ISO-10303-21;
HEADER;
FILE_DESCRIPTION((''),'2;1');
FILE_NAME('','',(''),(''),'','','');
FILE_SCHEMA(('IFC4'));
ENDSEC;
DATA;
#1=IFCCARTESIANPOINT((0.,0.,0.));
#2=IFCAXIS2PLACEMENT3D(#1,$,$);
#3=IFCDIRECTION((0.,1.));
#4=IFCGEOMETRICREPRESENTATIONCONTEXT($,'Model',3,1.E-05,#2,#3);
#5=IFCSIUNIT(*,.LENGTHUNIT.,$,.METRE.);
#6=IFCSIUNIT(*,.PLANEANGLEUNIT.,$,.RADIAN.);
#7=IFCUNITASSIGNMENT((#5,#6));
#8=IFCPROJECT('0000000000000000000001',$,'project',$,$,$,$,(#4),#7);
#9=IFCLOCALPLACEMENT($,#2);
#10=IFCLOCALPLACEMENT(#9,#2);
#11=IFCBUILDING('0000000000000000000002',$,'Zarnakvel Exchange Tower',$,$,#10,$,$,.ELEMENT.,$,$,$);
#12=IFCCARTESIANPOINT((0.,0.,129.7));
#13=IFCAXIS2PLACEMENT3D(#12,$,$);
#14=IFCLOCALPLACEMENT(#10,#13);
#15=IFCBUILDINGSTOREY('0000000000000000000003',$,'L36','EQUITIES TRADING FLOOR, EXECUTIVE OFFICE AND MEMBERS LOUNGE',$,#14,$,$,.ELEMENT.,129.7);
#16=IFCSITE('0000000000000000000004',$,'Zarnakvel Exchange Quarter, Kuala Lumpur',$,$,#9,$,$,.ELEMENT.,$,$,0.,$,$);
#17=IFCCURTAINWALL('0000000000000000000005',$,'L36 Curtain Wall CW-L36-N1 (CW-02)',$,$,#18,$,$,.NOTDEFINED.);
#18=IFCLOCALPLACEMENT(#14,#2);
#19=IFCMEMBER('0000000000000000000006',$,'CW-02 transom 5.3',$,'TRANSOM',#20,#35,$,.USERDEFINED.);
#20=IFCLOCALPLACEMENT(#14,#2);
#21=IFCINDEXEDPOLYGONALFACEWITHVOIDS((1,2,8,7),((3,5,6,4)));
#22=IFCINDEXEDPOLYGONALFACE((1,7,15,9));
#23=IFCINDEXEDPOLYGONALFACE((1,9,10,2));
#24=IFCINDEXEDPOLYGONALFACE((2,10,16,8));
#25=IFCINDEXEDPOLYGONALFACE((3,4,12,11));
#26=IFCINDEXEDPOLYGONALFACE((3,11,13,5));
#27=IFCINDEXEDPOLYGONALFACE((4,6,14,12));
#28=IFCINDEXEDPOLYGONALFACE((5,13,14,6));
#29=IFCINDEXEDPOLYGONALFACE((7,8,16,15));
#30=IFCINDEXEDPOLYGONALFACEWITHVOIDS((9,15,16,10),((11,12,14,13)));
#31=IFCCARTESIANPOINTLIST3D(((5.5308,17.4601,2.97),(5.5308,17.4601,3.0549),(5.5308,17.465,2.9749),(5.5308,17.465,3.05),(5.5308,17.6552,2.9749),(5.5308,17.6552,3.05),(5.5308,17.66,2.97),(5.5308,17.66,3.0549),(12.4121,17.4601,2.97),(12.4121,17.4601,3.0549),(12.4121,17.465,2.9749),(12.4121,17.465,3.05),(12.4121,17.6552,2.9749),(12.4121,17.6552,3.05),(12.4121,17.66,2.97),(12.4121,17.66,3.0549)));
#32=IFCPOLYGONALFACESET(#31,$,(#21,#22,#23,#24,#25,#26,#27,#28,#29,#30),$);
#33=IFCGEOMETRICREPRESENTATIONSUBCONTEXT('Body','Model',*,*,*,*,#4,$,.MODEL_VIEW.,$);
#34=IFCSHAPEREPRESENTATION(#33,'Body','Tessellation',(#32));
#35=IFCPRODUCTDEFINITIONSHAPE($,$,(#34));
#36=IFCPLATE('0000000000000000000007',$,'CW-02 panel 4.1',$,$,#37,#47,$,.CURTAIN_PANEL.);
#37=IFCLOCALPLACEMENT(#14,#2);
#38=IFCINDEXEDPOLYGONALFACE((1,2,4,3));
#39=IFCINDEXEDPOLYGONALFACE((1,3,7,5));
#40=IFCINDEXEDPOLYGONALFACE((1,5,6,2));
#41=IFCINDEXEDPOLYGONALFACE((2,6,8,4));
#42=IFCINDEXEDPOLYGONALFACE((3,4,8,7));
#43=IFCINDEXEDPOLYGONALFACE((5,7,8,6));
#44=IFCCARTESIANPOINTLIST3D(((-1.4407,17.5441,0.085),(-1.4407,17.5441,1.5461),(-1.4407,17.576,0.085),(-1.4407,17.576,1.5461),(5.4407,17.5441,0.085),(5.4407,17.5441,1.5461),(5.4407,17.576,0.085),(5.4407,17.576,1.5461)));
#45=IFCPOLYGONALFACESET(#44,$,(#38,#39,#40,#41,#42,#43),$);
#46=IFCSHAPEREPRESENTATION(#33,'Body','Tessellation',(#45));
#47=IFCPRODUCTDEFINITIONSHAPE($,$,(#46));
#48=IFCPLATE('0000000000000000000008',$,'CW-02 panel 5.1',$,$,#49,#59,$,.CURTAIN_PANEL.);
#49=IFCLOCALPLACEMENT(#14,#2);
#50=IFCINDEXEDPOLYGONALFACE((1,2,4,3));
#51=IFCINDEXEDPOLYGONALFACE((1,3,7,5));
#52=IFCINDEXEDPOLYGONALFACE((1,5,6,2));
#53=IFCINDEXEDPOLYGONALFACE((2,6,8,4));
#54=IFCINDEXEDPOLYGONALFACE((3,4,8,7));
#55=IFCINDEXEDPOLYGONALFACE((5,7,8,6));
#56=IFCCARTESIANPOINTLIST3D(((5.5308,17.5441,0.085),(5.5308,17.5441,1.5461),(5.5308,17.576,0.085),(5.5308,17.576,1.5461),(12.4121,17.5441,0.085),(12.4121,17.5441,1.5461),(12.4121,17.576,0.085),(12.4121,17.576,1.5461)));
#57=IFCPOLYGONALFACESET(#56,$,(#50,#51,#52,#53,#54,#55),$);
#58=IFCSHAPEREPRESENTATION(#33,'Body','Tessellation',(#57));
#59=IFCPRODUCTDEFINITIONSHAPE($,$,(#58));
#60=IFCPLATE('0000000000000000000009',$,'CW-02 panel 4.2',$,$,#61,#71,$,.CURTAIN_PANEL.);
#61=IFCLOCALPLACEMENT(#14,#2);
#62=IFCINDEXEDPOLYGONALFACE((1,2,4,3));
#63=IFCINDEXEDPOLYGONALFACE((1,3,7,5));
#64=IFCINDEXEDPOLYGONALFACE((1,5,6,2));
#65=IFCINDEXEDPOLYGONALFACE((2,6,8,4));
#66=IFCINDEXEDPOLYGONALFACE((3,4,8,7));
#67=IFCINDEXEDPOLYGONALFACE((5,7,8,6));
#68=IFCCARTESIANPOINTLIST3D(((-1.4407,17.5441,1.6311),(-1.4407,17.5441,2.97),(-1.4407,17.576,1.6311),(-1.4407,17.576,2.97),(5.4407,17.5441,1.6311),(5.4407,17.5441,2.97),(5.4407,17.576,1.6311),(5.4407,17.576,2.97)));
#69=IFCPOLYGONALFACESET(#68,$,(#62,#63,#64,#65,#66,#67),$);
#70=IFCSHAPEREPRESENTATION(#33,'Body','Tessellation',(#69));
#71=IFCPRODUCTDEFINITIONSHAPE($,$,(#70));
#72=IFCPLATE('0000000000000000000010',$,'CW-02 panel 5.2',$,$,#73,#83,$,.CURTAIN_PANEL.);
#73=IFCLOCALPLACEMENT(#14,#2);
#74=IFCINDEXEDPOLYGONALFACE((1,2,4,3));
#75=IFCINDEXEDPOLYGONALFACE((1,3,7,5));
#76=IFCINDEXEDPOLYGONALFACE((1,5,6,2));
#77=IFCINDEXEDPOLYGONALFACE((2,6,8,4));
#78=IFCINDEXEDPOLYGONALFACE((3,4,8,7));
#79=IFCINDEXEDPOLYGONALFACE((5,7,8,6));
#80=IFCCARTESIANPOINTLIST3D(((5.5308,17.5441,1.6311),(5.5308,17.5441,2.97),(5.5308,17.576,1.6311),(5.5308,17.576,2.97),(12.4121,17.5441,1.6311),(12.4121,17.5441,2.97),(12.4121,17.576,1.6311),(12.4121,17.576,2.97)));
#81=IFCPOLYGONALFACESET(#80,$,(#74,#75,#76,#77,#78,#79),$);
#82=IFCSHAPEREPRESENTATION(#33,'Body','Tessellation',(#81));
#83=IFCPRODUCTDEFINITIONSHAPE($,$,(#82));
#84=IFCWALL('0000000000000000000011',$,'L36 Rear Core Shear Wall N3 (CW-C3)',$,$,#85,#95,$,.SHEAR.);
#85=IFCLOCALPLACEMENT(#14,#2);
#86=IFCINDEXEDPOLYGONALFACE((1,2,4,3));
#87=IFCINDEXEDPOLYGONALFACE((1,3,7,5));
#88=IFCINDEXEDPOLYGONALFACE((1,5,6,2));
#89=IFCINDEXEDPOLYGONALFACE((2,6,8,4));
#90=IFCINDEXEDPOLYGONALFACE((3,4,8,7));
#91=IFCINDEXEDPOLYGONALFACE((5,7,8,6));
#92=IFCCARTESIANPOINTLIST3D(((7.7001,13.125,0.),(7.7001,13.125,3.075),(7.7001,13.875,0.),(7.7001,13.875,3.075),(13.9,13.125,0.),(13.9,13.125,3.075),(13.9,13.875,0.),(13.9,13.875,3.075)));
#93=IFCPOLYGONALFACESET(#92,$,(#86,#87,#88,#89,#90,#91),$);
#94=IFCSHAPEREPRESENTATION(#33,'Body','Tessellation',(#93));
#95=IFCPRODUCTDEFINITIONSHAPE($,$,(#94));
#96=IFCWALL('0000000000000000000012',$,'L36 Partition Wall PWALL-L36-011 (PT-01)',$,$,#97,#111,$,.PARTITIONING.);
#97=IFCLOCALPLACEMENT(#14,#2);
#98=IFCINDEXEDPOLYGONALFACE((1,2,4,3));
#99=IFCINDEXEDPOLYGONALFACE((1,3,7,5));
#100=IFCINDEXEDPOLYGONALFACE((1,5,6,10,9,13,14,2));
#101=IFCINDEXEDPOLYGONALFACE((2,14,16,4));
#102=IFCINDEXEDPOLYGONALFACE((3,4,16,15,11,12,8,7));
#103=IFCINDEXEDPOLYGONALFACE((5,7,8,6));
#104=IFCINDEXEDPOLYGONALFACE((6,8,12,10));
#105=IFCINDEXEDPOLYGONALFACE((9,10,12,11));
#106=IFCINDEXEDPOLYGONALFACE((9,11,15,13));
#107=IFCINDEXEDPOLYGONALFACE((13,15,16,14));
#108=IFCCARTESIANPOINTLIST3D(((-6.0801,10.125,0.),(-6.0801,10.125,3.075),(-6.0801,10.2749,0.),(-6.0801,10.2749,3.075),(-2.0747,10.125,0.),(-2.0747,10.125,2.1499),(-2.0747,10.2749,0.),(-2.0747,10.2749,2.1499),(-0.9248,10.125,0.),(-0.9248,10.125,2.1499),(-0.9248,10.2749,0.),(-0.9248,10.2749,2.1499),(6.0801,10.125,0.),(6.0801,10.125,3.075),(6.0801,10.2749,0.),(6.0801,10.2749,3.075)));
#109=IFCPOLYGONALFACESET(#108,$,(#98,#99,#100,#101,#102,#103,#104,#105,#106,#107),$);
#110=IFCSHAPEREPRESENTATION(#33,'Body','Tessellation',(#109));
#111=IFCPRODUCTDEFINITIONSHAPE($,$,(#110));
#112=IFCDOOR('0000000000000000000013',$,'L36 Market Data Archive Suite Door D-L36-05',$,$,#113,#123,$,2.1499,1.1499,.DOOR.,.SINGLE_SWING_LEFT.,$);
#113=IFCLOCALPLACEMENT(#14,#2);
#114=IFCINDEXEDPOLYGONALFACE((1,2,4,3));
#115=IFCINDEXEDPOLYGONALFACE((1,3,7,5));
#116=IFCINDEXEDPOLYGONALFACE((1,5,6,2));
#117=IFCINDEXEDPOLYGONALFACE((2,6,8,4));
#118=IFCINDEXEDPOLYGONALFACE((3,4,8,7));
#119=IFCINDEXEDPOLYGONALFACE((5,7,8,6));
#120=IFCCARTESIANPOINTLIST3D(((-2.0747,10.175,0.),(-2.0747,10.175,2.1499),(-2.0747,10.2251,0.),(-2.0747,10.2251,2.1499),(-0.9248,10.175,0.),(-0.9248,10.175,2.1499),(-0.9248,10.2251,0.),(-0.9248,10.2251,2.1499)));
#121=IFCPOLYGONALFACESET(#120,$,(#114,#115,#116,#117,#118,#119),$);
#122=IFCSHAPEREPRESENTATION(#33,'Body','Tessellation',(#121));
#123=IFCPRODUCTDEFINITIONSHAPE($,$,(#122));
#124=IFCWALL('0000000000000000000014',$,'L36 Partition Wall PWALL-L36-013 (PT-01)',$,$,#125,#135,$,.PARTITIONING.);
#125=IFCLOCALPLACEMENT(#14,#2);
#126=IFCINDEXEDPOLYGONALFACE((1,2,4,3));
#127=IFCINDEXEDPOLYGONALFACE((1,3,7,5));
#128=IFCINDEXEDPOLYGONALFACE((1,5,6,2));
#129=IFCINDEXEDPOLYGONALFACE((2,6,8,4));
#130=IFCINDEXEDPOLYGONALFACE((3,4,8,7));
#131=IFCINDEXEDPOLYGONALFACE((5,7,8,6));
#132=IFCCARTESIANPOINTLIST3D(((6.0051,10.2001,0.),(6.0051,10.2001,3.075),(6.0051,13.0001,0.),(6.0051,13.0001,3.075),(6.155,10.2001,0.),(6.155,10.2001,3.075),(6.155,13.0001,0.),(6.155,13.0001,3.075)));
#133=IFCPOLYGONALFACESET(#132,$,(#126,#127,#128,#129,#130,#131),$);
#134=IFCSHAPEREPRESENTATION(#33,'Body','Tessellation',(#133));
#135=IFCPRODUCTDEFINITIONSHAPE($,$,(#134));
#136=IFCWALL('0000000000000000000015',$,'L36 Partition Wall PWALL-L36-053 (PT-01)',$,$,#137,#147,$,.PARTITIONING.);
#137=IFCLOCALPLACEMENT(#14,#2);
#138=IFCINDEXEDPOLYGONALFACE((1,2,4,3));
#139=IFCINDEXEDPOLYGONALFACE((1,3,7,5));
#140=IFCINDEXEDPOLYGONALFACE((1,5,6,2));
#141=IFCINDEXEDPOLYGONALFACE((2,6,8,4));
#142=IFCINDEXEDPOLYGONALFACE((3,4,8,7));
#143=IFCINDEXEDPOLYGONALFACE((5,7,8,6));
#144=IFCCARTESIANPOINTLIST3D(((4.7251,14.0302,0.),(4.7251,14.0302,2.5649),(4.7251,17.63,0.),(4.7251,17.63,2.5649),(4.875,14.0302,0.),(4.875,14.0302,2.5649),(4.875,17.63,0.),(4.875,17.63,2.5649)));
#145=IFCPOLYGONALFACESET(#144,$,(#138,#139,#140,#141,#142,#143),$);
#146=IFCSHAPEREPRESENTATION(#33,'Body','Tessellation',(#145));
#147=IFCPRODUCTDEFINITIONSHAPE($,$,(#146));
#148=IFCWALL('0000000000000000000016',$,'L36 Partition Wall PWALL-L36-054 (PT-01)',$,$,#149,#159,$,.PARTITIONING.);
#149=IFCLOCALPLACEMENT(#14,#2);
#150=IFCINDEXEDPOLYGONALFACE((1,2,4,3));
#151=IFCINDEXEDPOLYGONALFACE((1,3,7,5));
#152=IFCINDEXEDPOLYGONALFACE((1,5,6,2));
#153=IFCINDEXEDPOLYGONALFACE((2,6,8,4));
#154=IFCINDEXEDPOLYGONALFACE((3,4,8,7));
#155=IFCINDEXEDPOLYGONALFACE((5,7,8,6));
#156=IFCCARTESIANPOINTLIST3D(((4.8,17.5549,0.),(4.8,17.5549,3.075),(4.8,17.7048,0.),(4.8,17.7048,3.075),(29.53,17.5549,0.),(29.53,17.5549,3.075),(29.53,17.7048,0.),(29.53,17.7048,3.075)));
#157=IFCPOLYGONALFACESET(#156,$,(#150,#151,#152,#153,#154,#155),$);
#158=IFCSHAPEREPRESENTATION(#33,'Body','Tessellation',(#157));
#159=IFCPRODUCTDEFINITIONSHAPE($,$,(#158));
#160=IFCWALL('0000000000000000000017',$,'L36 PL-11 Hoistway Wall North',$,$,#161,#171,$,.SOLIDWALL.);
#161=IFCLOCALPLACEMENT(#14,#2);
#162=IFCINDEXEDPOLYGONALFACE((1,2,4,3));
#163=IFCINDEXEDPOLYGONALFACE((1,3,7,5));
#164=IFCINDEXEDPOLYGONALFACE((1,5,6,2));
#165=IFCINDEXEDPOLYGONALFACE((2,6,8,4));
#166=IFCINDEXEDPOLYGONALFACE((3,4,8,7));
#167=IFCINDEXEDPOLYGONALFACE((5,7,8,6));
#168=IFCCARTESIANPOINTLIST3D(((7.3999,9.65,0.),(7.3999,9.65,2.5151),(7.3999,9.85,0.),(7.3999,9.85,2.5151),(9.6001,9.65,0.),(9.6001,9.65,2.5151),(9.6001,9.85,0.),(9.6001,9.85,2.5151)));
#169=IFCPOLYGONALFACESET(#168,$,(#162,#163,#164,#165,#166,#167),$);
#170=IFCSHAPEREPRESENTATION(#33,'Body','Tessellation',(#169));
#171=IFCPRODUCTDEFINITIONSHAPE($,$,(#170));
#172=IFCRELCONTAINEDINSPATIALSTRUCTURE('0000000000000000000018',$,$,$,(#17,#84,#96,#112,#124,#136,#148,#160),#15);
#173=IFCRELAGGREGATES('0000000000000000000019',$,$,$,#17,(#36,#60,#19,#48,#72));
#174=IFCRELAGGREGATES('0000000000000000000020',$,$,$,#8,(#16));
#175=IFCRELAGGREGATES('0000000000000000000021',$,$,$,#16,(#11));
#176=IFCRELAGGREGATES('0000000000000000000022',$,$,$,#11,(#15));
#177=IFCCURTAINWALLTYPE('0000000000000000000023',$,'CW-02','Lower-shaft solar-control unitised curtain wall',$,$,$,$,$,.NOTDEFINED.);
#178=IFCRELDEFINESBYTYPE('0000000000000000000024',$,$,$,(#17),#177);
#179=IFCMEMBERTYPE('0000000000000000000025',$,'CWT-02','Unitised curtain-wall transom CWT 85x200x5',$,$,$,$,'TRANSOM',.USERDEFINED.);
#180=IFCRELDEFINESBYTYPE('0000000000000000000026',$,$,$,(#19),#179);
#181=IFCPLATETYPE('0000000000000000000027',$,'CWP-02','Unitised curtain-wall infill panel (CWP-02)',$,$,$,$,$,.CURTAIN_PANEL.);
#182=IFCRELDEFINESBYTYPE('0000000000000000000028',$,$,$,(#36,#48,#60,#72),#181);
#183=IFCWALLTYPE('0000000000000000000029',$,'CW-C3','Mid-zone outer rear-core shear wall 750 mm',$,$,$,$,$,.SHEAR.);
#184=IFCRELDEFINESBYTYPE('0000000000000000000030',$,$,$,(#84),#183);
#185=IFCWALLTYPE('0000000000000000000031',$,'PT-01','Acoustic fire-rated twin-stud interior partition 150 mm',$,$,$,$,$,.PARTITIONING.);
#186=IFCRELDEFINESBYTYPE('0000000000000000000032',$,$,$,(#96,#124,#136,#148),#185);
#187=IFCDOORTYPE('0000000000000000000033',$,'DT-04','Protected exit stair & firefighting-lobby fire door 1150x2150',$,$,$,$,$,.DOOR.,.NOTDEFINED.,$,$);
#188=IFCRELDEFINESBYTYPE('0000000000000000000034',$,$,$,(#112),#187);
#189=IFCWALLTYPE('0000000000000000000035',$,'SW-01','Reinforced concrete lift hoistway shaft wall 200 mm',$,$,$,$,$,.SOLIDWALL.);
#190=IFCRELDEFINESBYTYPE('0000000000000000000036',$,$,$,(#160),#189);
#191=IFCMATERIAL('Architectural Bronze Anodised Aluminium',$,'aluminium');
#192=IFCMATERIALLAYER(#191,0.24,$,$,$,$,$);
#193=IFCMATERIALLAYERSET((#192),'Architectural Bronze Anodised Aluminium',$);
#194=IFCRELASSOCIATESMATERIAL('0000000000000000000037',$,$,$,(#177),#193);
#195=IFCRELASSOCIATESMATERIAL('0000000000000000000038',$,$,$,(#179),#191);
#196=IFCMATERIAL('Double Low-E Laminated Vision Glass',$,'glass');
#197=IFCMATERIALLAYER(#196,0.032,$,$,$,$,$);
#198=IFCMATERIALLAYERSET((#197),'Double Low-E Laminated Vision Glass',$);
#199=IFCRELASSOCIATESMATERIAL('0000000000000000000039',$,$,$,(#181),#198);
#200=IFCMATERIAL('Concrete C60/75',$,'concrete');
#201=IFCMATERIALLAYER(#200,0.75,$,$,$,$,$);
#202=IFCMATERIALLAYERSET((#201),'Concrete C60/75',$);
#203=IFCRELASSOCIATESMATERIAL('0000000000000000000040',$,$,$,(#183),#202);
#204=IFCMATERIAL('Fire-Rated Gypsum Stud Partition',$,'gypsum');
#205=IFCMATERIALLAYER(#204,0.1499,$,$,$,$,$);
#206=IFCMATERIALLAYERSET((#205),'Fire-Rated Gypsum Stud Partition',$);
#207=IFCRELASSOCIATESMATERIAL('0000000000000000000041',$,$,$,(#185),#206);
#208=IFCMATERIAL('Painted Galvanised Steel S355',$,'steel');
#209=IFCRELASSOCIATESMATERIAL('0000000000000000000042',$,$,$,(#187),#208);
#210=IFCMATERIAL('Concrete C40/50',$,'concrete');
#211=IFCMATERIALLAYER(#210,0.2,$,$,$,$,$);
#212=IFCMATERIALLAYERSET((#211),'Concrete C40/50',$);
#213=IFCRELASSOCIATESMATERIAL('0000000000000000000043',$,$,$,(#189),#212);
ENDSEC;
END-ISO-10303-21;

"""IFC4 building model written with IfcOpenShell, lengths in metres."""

from ifc_helpers import new_model, si_unit, direction, frame, frame_2d, origin, origin_2d, place, context, subcontext, project, spatial, rectangle, hollow_rectangle, extrude, source, transform, mapped, material, layer, layer_set, material_profile, profile_set, type_object, element, fill, aggregate, save


model = new_model("IFC4")

# Units and contexts
model_context = context("Model", 3, precision=1e-05, world=origin(), true_north=direction((0.0, 1.0)))
body_context = subcontext(model_context, "Body", "Model", "MODEL_VIEW")
ifc_project = project(units=[si_unit("LENGTHUNIT", "METRE"), si_unit("PLANEANGLEUNIT", "RADIAN")], contexts=[model_context])

# Site, building, storey
site_placement = place(None, origin())
site = spatial("IfcSite", under=ifc_project, at=site_placement, Name="Zarnakvel Exchange Quarter, Kuala Lumpur", CompositionType="ELEMENT", RefElevation=0.0)
building_placement = place(site_placement, origin())
building = spatial("IfcBuilding", under=site, at=building_placement, Name="Zarnakvel Exchange Tower", CompositionType="ELEMENT")
storey_placement = place(building_placement, frame((0.0, 0.0, 129.7)))
storey = spatial("IfcBuildingStorey", under=building, at=storey_placement, Name="L36", Description="EQUITIES TRADING FLOOR, EXECUTIVE OFFICE AND MEMBERS LOUNGE", CompositionType="ELEMENT", Elevation=129.7)

# Shared definitions
ifc_material_1 = material(Name="Concrete C60/75", Category="concrete")

# Curtain wall, member, plates
ifc_material_2 = material(Name="Architectural Bronze Anodised Aluminium", Category="aluminium")
ifc_layer_1 = layer(ifc_material_2, 0.24)
ifc_layer_set_1 = layer_set([ifc_layer_1], Name="Architectural Bronze Anodised Aluminium")
curtain_wall_type = type_object("IfcCurtainWallType", Name="CW-02", Description="Lower-shaft solar-control unitised curtain wall", PredefinedType="NOTDEFINED", material=ifc_layer_set_1)
curtain_wall_placement = place(storey_placement, origin())
curtain_wall = element("IfcCurtainWall", 1, at=curtain_wall_placement, inside=storey, type_object=curtain_wall_type, Name="L36 Curtain Wall CW-L36-N1 (CW-02)", PredefinedType="NOTDEFINED")
ifc_material_profile_1 = material_profile(ifc_material_2, hollow_rectangle(XDim=0.2, YDim=0.085, WallThickness=0.0049, at=origin_2d()))
ifc_profile_set_1 = profile_set([ifc_material_profile_1], Name="Architectural Bronze Anodised Aluminium")
member_type_1 = type_object("IfcMemberType", Name="CWT-02", Description="Unitised curtain-wall transom CWT 85x200x5", ElementType="TRANSOM", PredefinedType="USERDEFINED", material=ifc_profile_set_1)
shared_shape_1 = source(origin(), body_context, "Body", "SweptSolid", [
    extrude(hollow_rectangle(XDim=0.2, YDim=0.085, WallThickness=0.0049, at=origin_2d()), origin(), (0.0, 0.0, 1.0), 6.8813),
])
member_1_placement = place(storey_placement, frame((5.5308, 17.5601, 3.0125), z_axis=(1.0, 0.0, 0.0), x_axis=(0.0, 1.0, 0.0)))
member_1 = element("IfcMember", 2, at=member_1_placement, type_object=member_type_1, Name="CW-02 transom 5.3", ObjectType="TRANSOM", PredefinedType="USERDEFINED", context=body_context, shape_type="MappedRepresentation", body=[
    mapped(shared_shape_1, transform((0.0, 0.0, 0.0), x_axis=(1.0, 0.0, 0.0), y_axis=(0.0, 1.0, 0.0), z_axis=(0.0, 0.0, 1.0), scale=1.0)),
])
ifc_material_3 = material(Name="Double Low-E Laminated Vision Glass", Category="glass")
ifc_layer_2 = layer(ifc_material_3, 0.032)
ifc_layer_set_2 = layer_set([ifc_layer_2], Name="Double Low-E Laminated Vision Glass")
plate_type = type_object("IfcPlateType", Name="CWP-02", Description="Unitised curtain-wall infill panel (CWP-02)", PredefinedType="CURTAIN_PANEL", material=ifc_layer_set_2)
shared_shape_2 = source(origin(), body_context, "Body", "SweptSolid", [
    extrude(rectangle(XDim=6.8813, YDim=0.032, at=origin_2d()), origin(), (0.0, 0.0, 1.0), 1.4612),
])
plate_1_placement = place(storey_placement, frame((2.0, 17.5601, 0.085), z_axis=(0.0, 0.0, 1.0), x_axis=(1.0, 0.0, 0.0)))
plate_1 = element("IfcPlate", 3, at=plate_1_placement, type_object=plate_type, Name="CW-02 panel 4.1", PredefinedType="CURTAIN_PANEL", context=body_context, shape_type="MappedRepresentation", body=[
    mapped(shared_shape_2, transform((0.0, 0.0, 0.0), x_axis=(1.0, 0.0, 0.0), y_axis=(0.0, 1.0, 0.0), z_axis=(0.0, 0.0, 1.0), scale=1.0)),
])
plate_2_placement = place(storey_placement, frame((8.9714, 17.5601, 0.085), z_axis=(0.0, 0.0, 1.0), x_axis=(1.0, 0.0, 0.0)))
plate_2 = element("IfcPlate", 4, at=plate_2_placement, type_object=plate_type, Name="CW-02 panel 5.1", PredefinedType="CURTAIN_PANEL", context=body_context, shape_type="MappedRepresentation", body=[
    mapped(shared_shape_2, transform((0.0, 0.0, 0.0), x_axis=(1.0, 0.0, 0.0), y_axis=(0.0, 1.0, 0.0), z_axis=(0.0, 0.0, 1.0), scale=1.0)),
])
shared_shape_3 = source(origin(), body_context, "Body", "SweptSolid", [
    extrude(rectangle(XDim=6.8813, YDim=0.032, at=origin_2d()), origin(), (0.0, 0.0, 1.0), 1.3389),
])
plate_3_placement = place(storey_placement, frame((2.0, 17.5601, 1.6311), z_axis=(0.0, 0.0, 1.0), x_axis=(1.0, 0.0, 0.0)))
plate_3 = element("IfcPlate", 5, at=plate_3_placement, type_object=plate_type, Name="CW-02 panel 4.2", PredefinedType="CURTAIN_PANEL", context=body_context, shape_type="MappedRepresentation", body=[
    mapped(shared_shape_3, transform((0.0, 0.0, 0.0), x_axis=(1.0, 0.0, 0.0), y_axis=(0.0, 1.0, 0.0), z_axis=(0.0, 0.0, 1.0), scale=1.0)),
])
plate_4_placement = place(storey_placement, frame((8.9714, 17.5601, 1.6311), z_axis=(0.0, 0.0, 1.0), x_axis=(1.0, 0.0, 0.0)))
plate_4 = element("IfcPlate", 6, at=plate_4_placement, type_object=plate_type, Name="CW-02 panel 5.2", PredefinedType="CURTAIN_PANEL", context=body_context, shape_type="MappedRepresentation", body=[
    mapped(shared_shape_3, transform((0.0, 0.0, 0.0), x_axis=(1.0, 0.0, 0.0), y_axis=(0.0, 1.0, 0.0), z_axis=(0.0, 0.0, 1.0), scale=1.0)),
])
aggregate(curtain_wall, [plate_1, plate_3, member_1, plate_2, plate_4])

# Wall
ifc_layer_3 = layer(ifc_material_1, 0.75)
ifc_layer_set_3 = layer_set([ifc_layer_3], Name="Concrete C60/75")
wall_type_1 = type_object("IfcWallType", Name="CW-C3", Description="Mid-zone outer rear-core shear wall 750 mm", PredefinedType="SHEAR", material=ifc_layer_set_3)
wall_1_placement = place(storey_placement, frame((7.7, 13.5, 0.0), z_axis=(0.0, 0.0, 1.0), x_axis=(1.0, 0.0, 0.0)))
element("IfcWall", 7, at=wall_1_placement, inside=storey, type_object=wall_type_1, Name="L36 Rear Core Shear Wall N3 (CW-C3)", PredefinedType="SHEAR", context=body_context, shape_type="SweptSolid", body=[
    extrude(rectangle(XDim=6.2, YDim=0.75, at=frame_2d((3.1001, 0.0))), origin(), (0.0, 0.0, 1.0), 3.075),
])

# Wall, opening, door
ifc_material_4 = material(Name="Fire-Rated Gypsum Stud Partition", Category="gypsum")
ifc_layer_4 = layer(ifc_material_4, 0.1499)
ifc_layer_set_4 = layer_set([ifc_layer_4], Name="Fire-Rated Gypsum Stud Partition")
wall_type_2 = type_object("IfcWallType", Name="PT-01", Description="Acoustic fire-rated twin-stud interior partition 150 mm", PredefinedType="PARTITIONING", material=ifc_layer_set_4)
wall_2_placement = place(storey_placement, frame((6.0801, 10.2, 0.0), z_axis=(0.0, 0.0, 1.0), x_axis=(-1.0, 0.0, 0.0)))
wall_2 = element("IfcWall", 8, at=wall_2_placement, inside=storey, type_object=wall_type_2, Name="L36 Partition Wall PWALL-L36-011 (PT-01)", PredefinedType="PARTITIONING", context=body_context, shape_type="SweptSolid", body=[
    extrude(rectangle(XDim=12.1602, YDim=0.1499, at=frame_2d((6.0801, 0.0))), origin(), (0.0, 0.0, 1.0), 3.075),
])
opening_placement = place(wall_2_placement, frame((7.0049, 0.0, 0.0)))
opening = element("IfcOpeningElement", 9, at=opening_placement, cuts=wall_2, PredefinedType="OPENING", context=body_context, shape_type="SweptSolid", body=[
    extrude(rectangle(XDim=1.1499, YDim=2.1499, at=frame_2d((0.575, 1.075))), frame((0.0, 0.085, 0.0), z_axis=(0.0, -1.0, 0.0), x_axis=(1.0, 0.0, 0.0)), (0.0, 0.0, 1.0), 0.1699),
])
ifc_material_5 = material(Name="Painted Galvanised Steel S355", Category="steel")
door_type = type_object("IfcDoorType", Name="DT-04", Description="Protected exit stair & firefighting-lobby fire door 1150x2150", OperationType="NOTDEFINED", PredefinedType="DOOR", material=ifc_material_5)
shared_shape_4 = source(origin(), body_context, "Body", "SweptSolid", [
    extrude(rectangle(XDim=1.1499, YDim=2.1499, at=frame_2d((0.575, 1.075))), frame((0.0, 0.0249, 0.0), z_axis=(0.0, -1.0, 0.0), x_axis=(1.0, 0.0, 0.0)), (0.0, 0.0, 1.0), 0.05),
])
door_placement = place(opening_placement, origin())
door = element("IfcDoor", 10, at=door_placement, inside=storey, type_object=door_type, Name="L36 Market Data Archive Suite Door D-L36-05", OperationType="SINGLE_SWING_LEFT", OverallHeight=2.1499, OverallWidth=1.1499, PredefinedType="DOOR", context=body_context, shape_type="MappedRepresentation", body=[
    mapped(shared_shape_4, transform((0.0, 0.0, 0.0), x_axis=(1.0, 0.0, 0.0), y_axis=(0.0, 1.0, 0.0), z_axis=(0.0, 0.0, 1.0), scale=1.0)),
])
fill(opening, door)

# Walls
wall_3_placement = place(storey_placement, frame((6.0801, 13.0, 0.0), z_axis=(0.0, 0.0, 1.0), x_axis=(0.0, -1.0, 0.0)))
element("IfcWall", 11, at=wall_3_placement, inside=storey, type_object=wall_type_2, Name="L36 Partition Wall PWALL-L36-013 (PT-01)", PredefinedType="PARTITIONING", context=body_context, shape_type="SweptSolid", body=[
    extrude(rectangle(XDim=2.8, YDim=0.1499, at=frame_2d((1.3999, 0.0))), origin(), (0.0, 0.0, 1.0), 3.075),
])
wall_4_placement = place(storey_placement, frame((4.8, 17.6299, 0.0), z_axis=(0.0, 0.0, 1.0), x_axis=(0.0, -1.0, 0.0)))
element("IfcWall", 12, at=wall_4_placement, inside=storey, type_object=wall_type_2, Name="L36 Partition Wall PWALL-L36-053 (PT-01)", PredefinedType="PARTITIONING", context=body_context, shape_type="SweptSolid", body=[
    extrude(rectangle(XDim=3.5999, YDim=0.1499, at=frame_2d((1.7998, 0.0))), origin(), (0.0, 0.0, 1.0), 2.5649),
])
wall_5_placement = place(storey_placement, frame((4.8, 17.6299, 0.0), z_axis=(0.0, 0.0, 1.0), x_axis=(1.0, 0.0, 0.0)))
element("IfcWall", 13, at=wall_5_placement, inside=storey, type_object=wall_type_2, Name="L36 Partition Wall PWALL-L36-054 (PT-01)", PredefinedType="PARTITIONING", context=body_context, shape_type="SweptSolid", body=[
    extrude(rectangle(XDim=24.73, YDim=0.1499, at=frame_2d((12.365, 0.0))), origin(), (0.0, 0.0, 1.0), 3.075),
])
ifc_material_6 = material(Name="Concrete C40/50", Category="concrete")
ifc_layer_5 = layer(ifc_material_6, 0.2)
ifc_layer_set_5 = layer_set([ifc_layer_5], Name="Concrete C40/50")
wall_type_3 = type_object("IfcWallType", Name="SW-01", Description="Reinforced concrete lift hoistway shaft wall 200 mm", PredefinedType="SOLIDWALL", material=ifc_layer_set_5)
wall_6_placement = place(storey_placement, frame((7.3999, 9.75, 0.0), z_axis=(0.0, 0.0, 1.0), x_axis=(1.0, 0.0, 0.0)))
element("IfcWall", 14, at=wall_6_placement, inside=storey, type_object=wall_type_3, Name="L36 PL-11 Hoistway Wall North", PredefinedType="SOLIDWALL", context=body_context, shape_type="SweptSolid", body=[
    extrude(rectangle(XDim=2.2002, YDim=0.2, at=frame_2d((1.1001, 0.0))), origin(), (0.0, 0.0, 1.0), 2.5151),
])

save(model, "model.ifc")
